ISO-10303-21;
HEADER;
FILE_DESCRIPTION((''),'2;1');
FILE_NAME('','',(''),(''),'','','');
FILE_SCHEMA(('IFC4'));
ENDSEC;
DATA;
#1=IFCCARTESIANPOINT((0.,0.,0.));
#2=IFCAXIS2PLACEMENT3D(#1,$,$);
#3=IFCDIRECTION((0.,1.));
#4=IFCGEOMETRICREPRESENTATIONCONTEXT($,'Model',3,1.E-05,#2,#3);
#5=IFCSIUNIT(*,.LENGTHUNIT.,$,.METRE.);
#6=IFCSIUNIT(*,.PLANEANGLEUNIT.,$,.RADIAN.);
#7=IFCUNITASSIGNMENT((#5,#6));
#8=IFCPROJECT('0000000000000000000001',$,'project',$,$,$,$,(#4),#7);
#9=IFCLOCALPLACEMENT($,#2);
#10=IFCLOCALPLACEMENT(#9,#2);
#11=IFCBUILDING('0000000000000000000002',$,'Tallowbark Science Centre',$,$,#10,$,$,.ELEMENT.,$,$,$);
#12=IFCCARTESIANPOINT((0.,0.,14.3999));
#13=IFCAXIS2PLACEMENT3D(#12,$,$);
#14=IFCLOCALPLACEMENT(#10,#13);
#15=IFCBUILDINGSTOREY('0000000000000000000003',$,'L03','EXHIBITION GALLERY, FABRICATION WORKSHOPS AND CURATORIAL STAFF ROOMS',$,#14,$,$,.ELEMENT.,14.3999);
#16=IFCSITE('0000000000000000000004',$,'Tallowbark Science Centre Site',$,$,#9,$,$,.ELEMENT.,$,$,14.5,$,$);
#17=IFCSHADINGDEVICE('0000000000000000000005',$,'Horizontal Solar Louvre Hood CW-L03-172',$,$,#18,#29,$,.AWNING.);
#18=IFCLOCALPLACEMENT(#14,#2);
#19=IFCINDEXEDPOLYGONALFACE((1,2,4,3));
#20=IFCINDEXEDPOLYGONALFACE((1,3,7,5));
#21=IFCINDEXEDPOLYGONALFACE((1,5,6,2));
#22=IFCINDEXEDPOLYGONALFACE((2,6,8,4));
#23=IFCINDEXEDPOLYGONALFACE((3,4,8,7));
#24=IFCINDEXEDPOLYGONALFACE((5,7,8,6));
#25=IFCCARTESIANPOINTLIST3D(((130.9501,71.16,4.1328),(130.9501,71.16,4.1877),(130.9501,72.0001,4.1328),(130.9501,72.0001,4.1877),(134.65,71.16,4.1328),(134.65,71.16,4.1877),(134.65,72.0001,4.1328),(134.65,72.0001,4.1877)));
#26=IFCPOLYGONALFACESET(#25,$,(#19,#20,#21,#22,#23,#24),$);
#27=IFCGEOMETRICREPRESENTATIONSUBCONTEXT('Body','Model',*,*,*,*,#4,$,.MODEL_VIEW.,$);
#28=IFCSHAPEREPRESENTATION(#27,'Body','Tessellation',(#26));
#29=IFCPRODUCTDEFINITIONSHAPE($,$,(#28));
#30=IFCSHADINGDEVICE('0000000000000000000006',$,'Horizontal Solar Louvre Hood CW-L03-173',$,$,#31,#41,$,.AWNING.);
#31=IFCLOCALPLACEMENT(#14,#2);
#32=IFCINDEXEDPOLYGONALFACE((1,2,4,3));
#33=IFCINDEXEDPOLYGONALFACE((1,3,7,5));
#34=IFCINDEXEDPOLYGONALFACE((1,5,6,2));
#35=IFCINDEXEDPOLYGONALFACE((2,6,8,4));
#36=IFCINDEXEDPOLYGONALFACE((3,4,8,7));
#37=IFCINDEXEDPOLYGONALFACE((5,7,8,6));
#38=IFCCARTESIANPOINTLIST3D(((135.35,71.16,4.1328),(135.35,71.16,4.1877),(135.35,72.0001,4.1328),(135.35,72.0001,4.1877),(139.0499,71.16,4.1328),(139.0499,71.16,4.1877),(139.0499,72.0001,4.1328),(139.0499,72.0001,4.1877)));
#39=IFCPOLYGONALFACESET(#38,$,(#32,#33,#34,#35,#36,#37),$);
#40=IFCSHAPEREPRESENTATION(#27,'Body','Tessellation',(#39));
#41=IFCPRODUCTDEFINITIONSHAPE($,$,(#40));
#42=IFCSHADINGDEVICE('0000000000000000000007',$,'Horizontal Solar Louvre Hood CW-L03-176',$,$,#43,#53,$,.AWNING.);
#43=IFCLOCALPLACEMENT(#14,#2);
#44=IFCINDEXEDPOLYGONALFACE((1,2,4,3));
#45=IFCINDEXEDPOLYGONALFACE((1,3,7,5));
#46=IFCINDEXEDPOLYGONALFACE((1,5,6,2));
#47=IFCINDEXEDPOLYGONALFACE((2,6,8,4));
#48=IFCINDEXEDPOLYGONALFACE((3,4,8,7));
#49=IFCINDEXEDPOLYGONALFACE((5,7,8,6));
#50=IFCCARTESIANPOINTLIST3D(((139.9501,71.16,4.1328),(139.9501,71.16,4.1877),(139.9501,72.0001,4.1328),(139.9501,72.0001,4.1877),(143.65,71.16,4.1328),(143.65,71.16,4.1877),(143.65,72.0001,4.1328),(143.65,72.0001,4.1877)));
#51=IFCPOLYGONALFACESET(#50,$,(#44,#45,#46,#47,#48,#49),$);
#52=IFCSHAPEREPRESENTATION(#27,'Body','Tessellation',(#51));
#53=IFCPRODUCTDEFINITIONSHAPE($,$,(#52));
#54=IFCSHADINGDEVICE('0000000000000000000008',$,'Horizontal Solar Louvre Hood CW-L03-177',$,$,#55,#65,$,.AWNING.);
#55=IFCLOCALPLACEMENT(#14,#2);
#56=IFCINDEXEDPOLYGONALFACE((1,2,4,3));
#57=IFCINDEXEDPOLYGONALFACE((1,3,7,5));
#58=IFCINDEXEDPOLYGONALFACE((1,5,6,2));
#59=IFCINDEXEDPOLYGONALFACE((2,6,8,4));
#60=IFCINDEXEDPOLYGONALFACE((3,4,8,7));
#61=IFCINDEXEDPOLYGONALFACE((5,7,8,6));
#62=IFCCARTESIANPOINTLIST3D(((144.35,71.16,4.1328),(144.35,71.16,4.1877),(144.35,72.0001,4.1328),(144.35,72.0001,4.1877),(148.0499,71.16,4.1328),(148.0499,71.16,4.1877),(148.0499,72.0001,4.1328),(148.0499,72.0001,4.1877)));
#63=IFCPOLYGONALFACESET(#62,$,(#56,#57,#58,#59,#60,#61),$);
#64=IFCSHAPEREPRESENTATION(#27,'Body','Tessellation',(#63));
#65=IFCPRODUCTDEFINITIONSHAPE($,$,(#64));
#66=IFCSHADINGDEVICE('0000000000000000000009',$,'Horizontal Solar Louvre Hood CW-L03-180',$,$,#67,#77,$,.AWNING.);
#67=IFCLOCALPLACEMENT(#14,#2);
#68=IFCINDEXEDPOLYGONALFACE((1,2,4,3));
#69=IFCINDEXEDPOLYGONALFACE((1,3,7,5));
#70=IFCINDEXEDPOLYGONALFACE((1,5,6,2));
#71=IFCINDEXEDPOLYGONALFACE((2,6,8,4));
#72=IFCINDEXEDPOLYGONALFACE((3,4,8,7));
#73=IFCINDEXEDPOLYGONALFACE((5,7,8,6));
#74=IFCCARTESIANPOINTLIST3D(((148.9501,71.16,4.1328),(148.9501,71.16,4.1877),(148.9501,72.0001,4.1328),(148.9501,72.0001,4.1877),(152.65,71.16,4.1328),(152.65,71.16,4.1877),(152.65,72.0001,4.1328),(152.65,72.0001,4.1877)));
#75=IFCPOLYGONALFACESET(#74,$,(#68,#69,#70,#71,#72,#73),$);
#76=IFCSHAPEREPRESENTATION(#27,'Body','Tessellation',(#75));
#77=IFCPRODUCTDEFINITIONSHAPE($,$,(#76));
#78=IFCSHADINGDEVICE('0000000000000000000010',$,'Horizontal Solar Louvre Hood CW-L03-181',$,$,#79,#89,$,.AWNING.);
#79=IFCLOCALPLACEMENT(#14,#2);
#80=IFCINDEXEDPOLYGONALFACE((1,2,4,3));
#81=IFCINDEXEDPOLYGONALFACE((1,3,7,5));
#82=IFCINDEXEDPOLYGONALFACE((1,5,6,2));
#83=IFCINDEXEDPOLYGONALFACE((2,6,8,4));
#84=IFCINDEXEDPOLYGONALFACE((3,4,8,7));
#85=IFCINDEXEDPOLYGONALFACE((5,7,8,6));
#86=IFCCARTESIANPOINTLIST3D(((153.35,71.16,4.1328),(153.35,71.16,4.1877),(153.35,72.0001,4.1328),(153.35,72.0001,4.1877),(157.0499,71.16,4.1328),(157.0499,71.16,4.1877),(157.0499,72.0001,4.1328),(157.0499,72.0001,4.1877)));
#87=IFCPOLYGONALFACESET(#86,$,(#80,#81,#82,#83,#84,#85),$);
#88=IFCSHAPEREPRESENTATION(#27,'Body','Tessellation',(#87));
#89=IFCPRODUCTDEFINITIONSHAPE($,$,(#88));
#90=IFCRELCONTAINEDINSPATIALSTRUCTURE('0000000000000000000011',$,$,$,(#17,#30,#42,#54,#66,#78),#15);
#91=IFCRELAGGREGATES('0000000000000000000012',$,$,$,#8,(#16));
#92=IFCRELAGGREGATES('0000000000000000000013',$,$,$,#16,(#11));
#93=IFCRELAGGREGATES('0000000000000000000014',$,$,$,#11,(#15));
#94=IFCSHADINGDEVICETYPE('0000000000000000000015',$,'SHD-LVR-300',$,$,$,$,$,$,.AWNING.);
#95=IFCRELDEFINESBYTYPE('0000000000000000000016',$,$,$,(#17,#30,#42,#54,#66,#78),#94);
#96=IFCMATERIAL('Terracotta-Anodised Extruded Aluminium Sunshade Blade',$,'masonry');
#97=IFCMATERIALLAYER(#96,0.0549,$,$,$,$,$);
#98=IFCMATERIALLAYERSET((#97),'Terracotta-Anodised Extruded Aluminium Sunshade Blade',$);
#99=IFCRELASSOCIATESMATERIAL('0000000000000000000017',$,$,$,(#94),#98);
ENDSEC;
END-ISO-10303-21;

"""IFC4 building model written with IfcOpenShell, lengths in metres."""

from ifc_helpers import new_model, si_unit, direction, frame, origin, origin_2d, place, context, subcontext, project, spatial, rectangle, extrude, material, layer, layer_set, type_object, element, save


model = new_model("IFC4")

# Units and contexts
model_context = context("Model", 3, precision=1e-05, world=origin(), true_north=direction((0.0, 1.0)))
body_context = subcontext(model_context, "Body", "Model", "MODEL_VIEW")
ifc_project = project(units=[si_unit("LENGTHUNIT", "METRE"), si_unit("PLANEANGLEUNIT", "RADIAN")], contexts=[model_context])

# Site, building, storey
site_placement = place(None, origin())
site = spatial("IfcSite", under=ifc_project, at=site_placement, Name="Tallowbark Science Centre Site", CompositionType="ELEMENT", RefElevation=14.5)
building_placement = place(site_placement, origin())
building = spatial("IfcBuilding", under=site, at=building_placement, Name="Tallowbark Science Centre", CompositionType="ELEMENT")
storey_placement = place(building_placement, frame((0.0, 0.0, 14.3999)))
storey = spatial("IfcBuildingStorey", under=building, at=storey_placement, Name="L03", Description="EXHIBITION GALLERY, FABRICATION WORKSHOPS AND CURATORIAL STAFF ROOMS", CompositionType="ELEMENT", Elevation=14.3999)

# Shading devices
ifc_material_1 = material(Name="Terracotta-Anodised Extruded Aluminium Sunshade Blade", Category="masonry")
ifc_layer_1 = layer(ifc_material_1, 0.0549)
ifc_layer_set_1 = layer_set([ifc_layer_1], Name="Terracotta-Anodised Extruded Aluminium Sunshade Blade")
shading_device_type = type_object("IfcShadingDeviceType", Name="SHD-LVR-300", PredefinedType="AWNING", material=ifc_layer_set_1)
for number, where, z_axis, x_axis, name in (
    (1, (132.8, 71.5801, 4.1328), (0.0, 0.0, 1.0), (1.0, 0.0, 0.0), "Horizontal Solar Louvre Hood CW-L03-172"),
    (2, (137.2, 71.5801, 4.1328), (0.0, 0.0, 1.0), (1.0, 0.0, 0.0), "Horizontal Solar Louvre Hood CW-L03-173"),
    (3, (141.8, 71.5801, 4.1328), (0.0, 0.0, 1.0), (1.0, 0.0, 0.0), "Horizontal Solar Louvre Hood CW-L03-176"),
    (4, (146.2, 71.5801, 4.1328), (0.0, 0.0, 1.0), (1.0, 0.0, 0.0), "Horizontal Solar Louvre Hood CW-L03-177"),
    (5, (150.8, 71.5801, 4.1328), (0.0, 0.0, 1.0), (1.0, 0.0, 0.0), "Horizontal Solar Louvre Hood CW-L03-180"),
    (6, (155.2, 71.5801, 4.1328), (0.0, 0.0, 1.0), (1.0, 0.0, 0.0), "Horizontal Solar Louvre Hood CW-L03-181"),
):
    element("IfcShadingDevice", number, at=place(storey_placement, frame(where, z_axis=z_axis, x_axis=x_axis)), inside=storey, type_object=shading_device_type, Name=name, PredefinedType="AWNING", context=body_context, shape_type="SweptSolid", body=[
        extrude(rectangle(XDim=3.7, YDim=0.8401, at=origin_2d()), origin(), (0.0, 0.0, 1.0), 0.0549),
    ])

save(model, "model.ifc")
